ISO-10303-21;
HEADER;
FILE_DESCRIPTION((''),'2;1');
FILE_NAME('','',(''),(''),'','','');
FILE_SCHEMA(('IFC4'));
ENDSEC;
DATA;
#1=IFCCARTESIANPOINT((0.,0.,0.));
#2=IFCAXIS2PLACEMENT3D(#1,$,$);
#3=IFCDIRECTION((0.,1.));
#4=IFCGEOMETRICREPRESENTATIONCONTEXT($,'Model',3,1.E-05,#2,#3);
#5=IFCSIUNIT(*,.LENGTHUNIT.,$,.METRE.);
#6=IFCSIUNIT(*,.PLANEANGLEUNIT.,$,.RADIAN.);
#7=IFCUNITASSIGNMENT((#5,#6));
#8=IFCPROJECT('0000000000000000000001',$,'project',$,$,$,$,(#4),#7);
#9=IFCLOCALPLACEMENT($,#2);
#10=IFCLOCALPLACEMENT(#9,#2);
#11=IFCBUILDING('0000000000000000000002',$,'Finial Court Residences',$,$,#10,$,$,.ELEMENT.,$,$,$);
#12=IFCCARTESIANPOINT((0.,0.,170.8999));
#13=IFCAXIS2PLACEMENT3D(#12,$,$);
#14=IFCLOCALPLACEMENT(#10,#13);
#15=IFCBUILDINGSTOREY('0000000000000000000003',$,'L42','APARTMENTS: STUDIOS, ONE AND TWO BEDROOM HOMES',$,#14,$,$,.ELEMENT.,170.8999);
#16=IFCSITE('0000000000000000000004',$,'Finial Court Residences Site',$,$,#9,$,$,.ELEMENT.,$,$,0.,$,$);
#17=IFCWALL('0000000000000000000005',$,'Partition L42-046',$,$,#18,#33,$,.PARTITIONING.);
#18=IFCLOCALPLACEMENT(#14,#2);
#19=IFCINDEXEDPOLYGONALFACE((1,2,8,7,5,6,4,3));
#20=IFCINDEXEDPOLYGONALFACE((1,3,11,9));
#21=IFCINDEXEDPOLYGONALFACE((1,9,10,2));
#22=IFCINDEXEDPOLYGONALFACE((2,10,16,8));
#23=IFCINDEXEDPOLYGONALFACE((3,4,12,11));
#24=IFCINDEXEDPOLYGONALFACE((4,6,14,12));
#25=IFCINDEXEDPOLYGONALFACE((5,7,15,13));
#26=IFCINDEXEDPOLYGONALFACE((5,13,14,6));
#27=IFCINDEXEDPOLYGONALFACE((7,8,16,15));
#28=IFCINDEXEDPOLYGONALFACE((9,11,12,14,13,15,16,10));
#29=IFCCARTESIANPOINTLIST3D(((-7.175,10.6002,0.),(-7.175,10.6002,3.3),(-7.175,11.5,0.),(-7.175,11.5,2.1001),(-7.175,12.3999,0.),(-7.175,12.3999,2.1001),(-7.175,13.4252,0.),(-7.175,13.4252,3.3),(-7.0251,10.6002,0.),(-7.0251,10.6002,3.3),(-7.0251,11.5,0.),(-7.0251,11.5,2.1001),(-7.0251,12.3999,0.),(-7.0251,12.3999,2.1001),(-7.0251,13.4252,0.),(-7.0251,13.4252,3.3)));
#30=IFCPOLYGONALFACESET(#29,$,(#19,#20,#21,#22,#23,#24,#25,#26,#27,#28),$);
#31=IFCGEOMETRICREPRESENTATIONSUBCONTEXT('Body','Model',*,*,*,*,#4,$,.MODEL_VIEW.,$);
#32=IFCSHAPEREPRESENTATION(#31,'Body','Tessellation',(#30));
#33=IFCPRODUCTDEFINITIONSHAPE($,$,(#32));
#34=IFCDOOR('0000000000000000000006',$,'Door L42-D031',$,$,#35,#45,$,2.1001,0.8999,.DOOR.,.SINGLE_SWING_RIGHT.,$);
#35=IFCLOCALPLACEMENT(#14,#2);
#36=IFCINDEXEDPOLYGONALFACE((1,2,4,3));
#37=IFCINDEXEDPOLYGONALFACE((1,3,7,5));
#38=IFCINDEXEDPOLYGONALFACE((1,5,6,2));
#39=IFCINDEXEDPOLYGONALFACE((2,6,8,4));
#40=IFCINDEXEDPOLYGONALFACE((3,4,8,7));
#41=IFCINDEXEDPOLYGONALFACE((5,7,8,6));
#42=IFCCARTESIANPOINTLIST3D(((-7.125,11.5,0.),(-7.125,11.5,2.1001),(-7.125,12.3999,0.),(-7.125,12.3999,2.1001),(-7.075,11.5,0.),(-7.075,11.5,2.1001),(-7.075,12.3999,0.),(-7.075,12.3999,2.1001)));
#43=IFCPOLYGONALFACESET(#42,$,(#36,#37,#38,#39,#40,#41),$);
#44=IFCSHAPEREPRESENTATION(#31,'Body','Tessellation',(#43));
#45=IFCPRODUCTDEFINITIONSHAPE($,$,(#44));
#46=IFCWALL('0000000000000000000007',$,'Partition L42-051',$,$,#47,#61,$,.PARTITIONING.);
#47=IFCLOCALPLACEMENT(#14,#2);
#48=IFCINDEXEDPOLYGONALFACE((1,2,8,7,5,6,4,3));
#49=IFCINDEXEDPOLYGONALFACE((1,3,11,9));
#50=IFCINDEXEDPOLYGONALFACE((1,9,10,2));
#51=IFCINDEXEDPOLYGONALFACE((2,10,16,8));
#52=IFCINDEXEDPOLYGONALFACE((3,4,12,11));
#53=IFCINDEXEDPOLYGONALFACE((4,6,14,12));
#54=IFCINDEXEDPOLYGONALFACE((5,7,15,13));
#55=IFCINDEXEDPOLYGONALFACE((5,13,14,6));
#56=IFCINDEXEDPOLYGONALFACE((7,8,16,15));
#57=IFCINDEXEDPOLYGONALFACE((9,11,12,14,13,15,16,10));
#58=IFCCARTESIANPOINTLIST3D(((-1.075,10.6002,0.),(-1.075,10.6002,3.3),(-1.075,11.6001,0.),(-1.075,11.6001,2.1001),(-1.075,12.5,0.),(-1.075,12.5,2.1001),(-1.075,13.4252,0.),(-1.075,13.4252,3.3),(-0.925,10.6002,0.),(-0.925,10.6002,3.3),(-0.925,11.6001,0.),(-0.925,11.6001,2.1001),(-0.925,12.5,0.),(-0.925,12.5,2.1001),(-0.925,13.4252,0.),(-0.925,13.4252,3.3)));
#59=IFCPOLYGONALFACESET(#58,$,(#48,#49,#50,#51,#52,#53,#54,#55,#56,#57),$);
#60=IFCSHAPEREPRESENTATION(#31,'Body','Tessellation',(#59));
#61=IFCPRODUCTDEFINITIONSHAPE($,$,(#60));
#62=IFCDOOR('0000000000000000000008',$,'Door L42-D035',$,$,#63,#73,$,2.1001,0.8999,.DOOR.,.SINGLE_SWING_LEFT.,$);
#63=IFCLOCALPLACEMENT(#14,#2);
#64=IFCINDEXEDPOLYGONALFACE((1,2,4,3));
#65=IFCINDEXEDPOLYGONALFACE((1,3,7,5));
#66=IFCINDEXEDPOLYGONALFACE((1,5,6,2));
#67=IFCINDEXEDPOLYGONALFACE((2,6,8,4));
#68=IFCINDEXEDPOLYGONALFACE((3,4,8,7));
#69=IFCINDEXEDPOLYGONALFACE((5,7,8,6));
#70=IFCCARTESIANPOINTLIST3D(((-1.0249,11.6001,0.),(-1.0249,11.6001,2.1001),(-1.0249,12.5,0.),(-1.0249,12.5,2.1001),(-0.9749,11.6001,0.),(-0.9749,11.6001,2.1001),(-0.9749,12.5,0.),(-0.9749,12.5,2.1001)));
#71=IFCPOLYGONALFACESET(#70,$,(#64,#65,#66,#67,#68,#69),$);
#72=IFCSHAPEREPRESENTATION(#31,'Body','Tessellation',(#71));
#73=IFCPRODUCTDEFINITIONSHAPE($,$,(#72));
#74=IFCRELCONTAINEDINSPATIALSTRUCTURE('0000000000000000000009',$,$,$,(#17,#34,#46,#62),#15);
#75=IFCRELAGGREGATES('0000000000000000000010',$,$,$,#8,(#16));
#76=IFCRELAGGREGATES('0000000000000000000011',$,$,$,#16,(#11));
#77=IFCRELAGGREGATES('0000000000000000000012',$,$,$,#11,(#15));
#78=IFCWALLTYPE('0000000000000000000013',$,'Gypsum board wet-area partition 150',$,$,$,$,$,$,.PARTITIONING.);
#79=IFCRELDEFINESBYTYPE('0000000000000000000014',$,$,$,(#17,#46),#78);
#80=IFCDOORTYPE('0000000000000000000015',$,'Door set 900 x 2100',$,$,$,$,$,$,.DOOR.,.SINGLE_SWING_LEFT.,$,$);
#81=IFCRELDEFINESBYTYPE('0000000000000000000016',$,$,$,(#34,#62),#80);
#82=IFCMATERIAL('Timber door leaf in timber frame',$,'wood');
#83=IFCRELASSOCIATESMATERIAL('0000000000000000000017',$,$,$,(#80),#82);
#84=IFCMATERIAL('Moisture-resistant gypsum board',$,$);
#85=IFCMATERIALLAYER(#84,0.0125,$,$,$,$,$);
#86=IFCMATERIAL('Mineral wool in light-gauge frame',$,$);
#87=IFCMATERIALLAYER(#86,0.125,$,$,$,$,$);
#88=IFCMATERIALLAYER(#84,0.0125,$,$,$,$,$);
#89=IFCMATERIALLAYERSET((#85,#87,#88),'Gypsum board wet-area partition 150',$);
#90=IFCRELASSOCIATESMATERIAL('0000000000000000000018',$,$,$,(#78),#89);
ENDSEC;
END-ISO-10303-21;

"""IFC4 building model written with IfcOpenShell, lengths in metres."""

from ifc_helpers import new_model, si_unit, direction, frame, frame_2d, origin, place, context, subcontext, project, spatial, rectangle, extrude, material, layer, layer_set, type_object, element, fill, save


model = new_model("IFC4")

# Units and contexts
model_context = context("Model", 3, precision=1e-05, world=origin(), true_north=direction((0.0, 1.0)))
body_context = subcontext(model_context, "Body", "Model", "MODEL_VIEW")
ifc_project = project(units=[si_unit("LENGTHUNIT", "METRE"), si_unit("PLANEANGLEUNIT", "RADIAN")], contexts=[model_context])

# Site, building, storey
site_placement = place(None, origin())
site = spatial("IfcSite", under=ifc_project, at=site_placement, Name="Finial Court Residences Site", CompositionType="ELEMENT", RefElevation=0.0)
building_placement = place(site_placement, origin())
building = spatial("IfcBuilding", under=site, at=building_placement, Name="Finial Court Residences", CompositionType="ELEMENT")
storey_placement = place(building_placement, frame((0.0, 0.0, 170.8999)))
storey = spatial("IfcBuildingStorey", under=building, at=storey_placement, Name="L42", Description="APARTMENTS: STUDIOS, ONE AND TWO BEDROOM HOMES", CompositionType="ELEMENT", Elevation=170.8999)

# Shared definitions
ifc_material_1 = material(Name="Mineral wool in light-gauge frame")

# Shared definitions
ifc_material_2 = material(Name="Timber door leaf in timber frame", Category="wood")
door_type = type_object("IfcDoorType", Name="Door set 900 x 2100", OperationType="SINGLE_SWING_LEFT", PredefinedType="DOOR", material=ifc_material_2)
ifc_material_3 = material(Name="Moisture-resistant gypsum board")
ifc_layer_1 = layer(ifc_material_3, 0.0125)
ifc_layer_2 = layer(ifc_material_1, 0.125)
ifc_layer_3 = layer(ifc_material_3, 0.0125)
ifc_layer_set_1 = layer_set([ifc_layer_1, ifc_layer_2, ifc_layer_3], Name="Gypsum board wet-area partition 150")
wall_type_1 = type_object("IfcWallType", Name="Gypsum board wet-area partition 150", PredefinedType="PARTITIONING", material=ifc_layer_set_1)

# Walls, openings, doors
wall_1_placement = place(storey_placement, frame((-7.1001, 10.6001, 0.0), z_axis=(0.0, 0.0, 1.0), x_axis=(0.0, 1.0, 0.0)))
wall_1 = element("IfcWall", 1, at=wall_1_placement, inside=storey, type_object=wall_type_1, Name="Partition L42-046", PredefinedType="PARTITIONING", context=body_context, shape_type="SweptSolid", body=[
    extrude(rectangle(XDim=2.825, YDim=0.1499, at=frame_2d((1.4126, 0.0))), origin(), (0.0, 0.0, 1.0), 3.3),
])
opening_1_placement = place(wall_1_placement, frame((0.8999, 0.0, 0.0)))
opening_1 = element("IfcOpeningElement", 2, at=opening_1_placement, cuts=wall_1, PredefinedType="OPENING", context=body_context, shape_type="SweptSolid", body=[
    extrude(rectangle(XDim=0.8999, YDim=2.1001, at=frame_2d((0.45, 1.05))), frame((0.0, 0.085, 0.0), z_axis=(0.0, -1.0, 0.0), x_axis=(1.0, 0.0, 0.0)), (0.0, 0.0, 1.0), 0.1699),
])
door_1_placement = place(opening_1_placement, origin())
door_1 = element("IfcDoor", 3, at=door_1_placement, inside=storey, type_object=door_type, Name="Door L42-D031", OperationType="SINGLE_SWING_RIGHT", OverallHeight=2.1001, OverallWidth=0.8999, PredefinedType="DOOR", context=body_context, shape_type="SweptSolid", body=[
    extrude(rectangle(XDim=0.8999, YDim=2.1001, at=frame_2d((0.45, 1.05))), frame((0.0, 0.0249, 0.0), z_axis=(0.0, -1.0, 0.0), x_axis=(1.0, 0.0, 0.0)), (0.0, 0.0, 1.0), 0.05),
])
fill(opening_1, door_1)
wall_2_placement = place(storey_placement, frame((-1.0, 10.6001, 0.0), z_axis=(0.0, 0.0, 1.0), x_axis=(0.0, 1.0, 0.0)))
wall_2 = element("IfcWall", 4, at=wall_2_placement, inside=storey, type_object=wall_type_1, Name="Partition L42-051", PredefinedType="PARTITIONING", context=body_context, shape_type="SweptSolid", body=[
    extrude(rectangle(XDim=2.825, YDim=0.1499, at=frame_2d((1.4126, 0.0))), origin(), (0.0, 0.0, 1.0), 3.3),
])
opening_2_placement = place(wall_2_placement, frame((1.0, 0.0, 0.0)))
opening_2 = element("IfcOpeningElement", 5, at=opening_2_placement, cuts=wall_2, PredefinedType="OPENING", context=body_context, shape_type="SweptSolid", body=[
    extrude(rectangle(XDim=0.8999, YDim=2.1001, at=frame_2d((0.45, 1.05))), frame((0.0, 0.085, 0.0), z_axis=(0.0, -1.0, 0.0), x_axis=(1.0, 0.0, 0.0)), (0.0, 0.0, 1.0), 0.1699),
])
door_2_placement = place(opening_2_placement, origin())
door_2 = element("IfcDoor", 6, at=door_2_placement, inside=storey, type_object=door_type, Name="Door L42-D035", OperationType="SINGLE_SWING_LEFT", OverallHeight=2.1001, OverallWidth=0.8999, PredefinedType="DOOR", context=body_context, shape_type="SweptSolid", body=[
    extrude(rectangle(XDim=0.8999, YDim=2.1001, at=frame_2d((0.45, 1.05))), frame((0.0, 0.0249, 0.0), z_axis=(0.0, -1.0, 0.0), x_axis=(1.0, 0.0, 0.0)), (0.0, 0.0, 1.0), 0.05),
])
fill(opening_2, door_2)

save(model, "model.ifc")
